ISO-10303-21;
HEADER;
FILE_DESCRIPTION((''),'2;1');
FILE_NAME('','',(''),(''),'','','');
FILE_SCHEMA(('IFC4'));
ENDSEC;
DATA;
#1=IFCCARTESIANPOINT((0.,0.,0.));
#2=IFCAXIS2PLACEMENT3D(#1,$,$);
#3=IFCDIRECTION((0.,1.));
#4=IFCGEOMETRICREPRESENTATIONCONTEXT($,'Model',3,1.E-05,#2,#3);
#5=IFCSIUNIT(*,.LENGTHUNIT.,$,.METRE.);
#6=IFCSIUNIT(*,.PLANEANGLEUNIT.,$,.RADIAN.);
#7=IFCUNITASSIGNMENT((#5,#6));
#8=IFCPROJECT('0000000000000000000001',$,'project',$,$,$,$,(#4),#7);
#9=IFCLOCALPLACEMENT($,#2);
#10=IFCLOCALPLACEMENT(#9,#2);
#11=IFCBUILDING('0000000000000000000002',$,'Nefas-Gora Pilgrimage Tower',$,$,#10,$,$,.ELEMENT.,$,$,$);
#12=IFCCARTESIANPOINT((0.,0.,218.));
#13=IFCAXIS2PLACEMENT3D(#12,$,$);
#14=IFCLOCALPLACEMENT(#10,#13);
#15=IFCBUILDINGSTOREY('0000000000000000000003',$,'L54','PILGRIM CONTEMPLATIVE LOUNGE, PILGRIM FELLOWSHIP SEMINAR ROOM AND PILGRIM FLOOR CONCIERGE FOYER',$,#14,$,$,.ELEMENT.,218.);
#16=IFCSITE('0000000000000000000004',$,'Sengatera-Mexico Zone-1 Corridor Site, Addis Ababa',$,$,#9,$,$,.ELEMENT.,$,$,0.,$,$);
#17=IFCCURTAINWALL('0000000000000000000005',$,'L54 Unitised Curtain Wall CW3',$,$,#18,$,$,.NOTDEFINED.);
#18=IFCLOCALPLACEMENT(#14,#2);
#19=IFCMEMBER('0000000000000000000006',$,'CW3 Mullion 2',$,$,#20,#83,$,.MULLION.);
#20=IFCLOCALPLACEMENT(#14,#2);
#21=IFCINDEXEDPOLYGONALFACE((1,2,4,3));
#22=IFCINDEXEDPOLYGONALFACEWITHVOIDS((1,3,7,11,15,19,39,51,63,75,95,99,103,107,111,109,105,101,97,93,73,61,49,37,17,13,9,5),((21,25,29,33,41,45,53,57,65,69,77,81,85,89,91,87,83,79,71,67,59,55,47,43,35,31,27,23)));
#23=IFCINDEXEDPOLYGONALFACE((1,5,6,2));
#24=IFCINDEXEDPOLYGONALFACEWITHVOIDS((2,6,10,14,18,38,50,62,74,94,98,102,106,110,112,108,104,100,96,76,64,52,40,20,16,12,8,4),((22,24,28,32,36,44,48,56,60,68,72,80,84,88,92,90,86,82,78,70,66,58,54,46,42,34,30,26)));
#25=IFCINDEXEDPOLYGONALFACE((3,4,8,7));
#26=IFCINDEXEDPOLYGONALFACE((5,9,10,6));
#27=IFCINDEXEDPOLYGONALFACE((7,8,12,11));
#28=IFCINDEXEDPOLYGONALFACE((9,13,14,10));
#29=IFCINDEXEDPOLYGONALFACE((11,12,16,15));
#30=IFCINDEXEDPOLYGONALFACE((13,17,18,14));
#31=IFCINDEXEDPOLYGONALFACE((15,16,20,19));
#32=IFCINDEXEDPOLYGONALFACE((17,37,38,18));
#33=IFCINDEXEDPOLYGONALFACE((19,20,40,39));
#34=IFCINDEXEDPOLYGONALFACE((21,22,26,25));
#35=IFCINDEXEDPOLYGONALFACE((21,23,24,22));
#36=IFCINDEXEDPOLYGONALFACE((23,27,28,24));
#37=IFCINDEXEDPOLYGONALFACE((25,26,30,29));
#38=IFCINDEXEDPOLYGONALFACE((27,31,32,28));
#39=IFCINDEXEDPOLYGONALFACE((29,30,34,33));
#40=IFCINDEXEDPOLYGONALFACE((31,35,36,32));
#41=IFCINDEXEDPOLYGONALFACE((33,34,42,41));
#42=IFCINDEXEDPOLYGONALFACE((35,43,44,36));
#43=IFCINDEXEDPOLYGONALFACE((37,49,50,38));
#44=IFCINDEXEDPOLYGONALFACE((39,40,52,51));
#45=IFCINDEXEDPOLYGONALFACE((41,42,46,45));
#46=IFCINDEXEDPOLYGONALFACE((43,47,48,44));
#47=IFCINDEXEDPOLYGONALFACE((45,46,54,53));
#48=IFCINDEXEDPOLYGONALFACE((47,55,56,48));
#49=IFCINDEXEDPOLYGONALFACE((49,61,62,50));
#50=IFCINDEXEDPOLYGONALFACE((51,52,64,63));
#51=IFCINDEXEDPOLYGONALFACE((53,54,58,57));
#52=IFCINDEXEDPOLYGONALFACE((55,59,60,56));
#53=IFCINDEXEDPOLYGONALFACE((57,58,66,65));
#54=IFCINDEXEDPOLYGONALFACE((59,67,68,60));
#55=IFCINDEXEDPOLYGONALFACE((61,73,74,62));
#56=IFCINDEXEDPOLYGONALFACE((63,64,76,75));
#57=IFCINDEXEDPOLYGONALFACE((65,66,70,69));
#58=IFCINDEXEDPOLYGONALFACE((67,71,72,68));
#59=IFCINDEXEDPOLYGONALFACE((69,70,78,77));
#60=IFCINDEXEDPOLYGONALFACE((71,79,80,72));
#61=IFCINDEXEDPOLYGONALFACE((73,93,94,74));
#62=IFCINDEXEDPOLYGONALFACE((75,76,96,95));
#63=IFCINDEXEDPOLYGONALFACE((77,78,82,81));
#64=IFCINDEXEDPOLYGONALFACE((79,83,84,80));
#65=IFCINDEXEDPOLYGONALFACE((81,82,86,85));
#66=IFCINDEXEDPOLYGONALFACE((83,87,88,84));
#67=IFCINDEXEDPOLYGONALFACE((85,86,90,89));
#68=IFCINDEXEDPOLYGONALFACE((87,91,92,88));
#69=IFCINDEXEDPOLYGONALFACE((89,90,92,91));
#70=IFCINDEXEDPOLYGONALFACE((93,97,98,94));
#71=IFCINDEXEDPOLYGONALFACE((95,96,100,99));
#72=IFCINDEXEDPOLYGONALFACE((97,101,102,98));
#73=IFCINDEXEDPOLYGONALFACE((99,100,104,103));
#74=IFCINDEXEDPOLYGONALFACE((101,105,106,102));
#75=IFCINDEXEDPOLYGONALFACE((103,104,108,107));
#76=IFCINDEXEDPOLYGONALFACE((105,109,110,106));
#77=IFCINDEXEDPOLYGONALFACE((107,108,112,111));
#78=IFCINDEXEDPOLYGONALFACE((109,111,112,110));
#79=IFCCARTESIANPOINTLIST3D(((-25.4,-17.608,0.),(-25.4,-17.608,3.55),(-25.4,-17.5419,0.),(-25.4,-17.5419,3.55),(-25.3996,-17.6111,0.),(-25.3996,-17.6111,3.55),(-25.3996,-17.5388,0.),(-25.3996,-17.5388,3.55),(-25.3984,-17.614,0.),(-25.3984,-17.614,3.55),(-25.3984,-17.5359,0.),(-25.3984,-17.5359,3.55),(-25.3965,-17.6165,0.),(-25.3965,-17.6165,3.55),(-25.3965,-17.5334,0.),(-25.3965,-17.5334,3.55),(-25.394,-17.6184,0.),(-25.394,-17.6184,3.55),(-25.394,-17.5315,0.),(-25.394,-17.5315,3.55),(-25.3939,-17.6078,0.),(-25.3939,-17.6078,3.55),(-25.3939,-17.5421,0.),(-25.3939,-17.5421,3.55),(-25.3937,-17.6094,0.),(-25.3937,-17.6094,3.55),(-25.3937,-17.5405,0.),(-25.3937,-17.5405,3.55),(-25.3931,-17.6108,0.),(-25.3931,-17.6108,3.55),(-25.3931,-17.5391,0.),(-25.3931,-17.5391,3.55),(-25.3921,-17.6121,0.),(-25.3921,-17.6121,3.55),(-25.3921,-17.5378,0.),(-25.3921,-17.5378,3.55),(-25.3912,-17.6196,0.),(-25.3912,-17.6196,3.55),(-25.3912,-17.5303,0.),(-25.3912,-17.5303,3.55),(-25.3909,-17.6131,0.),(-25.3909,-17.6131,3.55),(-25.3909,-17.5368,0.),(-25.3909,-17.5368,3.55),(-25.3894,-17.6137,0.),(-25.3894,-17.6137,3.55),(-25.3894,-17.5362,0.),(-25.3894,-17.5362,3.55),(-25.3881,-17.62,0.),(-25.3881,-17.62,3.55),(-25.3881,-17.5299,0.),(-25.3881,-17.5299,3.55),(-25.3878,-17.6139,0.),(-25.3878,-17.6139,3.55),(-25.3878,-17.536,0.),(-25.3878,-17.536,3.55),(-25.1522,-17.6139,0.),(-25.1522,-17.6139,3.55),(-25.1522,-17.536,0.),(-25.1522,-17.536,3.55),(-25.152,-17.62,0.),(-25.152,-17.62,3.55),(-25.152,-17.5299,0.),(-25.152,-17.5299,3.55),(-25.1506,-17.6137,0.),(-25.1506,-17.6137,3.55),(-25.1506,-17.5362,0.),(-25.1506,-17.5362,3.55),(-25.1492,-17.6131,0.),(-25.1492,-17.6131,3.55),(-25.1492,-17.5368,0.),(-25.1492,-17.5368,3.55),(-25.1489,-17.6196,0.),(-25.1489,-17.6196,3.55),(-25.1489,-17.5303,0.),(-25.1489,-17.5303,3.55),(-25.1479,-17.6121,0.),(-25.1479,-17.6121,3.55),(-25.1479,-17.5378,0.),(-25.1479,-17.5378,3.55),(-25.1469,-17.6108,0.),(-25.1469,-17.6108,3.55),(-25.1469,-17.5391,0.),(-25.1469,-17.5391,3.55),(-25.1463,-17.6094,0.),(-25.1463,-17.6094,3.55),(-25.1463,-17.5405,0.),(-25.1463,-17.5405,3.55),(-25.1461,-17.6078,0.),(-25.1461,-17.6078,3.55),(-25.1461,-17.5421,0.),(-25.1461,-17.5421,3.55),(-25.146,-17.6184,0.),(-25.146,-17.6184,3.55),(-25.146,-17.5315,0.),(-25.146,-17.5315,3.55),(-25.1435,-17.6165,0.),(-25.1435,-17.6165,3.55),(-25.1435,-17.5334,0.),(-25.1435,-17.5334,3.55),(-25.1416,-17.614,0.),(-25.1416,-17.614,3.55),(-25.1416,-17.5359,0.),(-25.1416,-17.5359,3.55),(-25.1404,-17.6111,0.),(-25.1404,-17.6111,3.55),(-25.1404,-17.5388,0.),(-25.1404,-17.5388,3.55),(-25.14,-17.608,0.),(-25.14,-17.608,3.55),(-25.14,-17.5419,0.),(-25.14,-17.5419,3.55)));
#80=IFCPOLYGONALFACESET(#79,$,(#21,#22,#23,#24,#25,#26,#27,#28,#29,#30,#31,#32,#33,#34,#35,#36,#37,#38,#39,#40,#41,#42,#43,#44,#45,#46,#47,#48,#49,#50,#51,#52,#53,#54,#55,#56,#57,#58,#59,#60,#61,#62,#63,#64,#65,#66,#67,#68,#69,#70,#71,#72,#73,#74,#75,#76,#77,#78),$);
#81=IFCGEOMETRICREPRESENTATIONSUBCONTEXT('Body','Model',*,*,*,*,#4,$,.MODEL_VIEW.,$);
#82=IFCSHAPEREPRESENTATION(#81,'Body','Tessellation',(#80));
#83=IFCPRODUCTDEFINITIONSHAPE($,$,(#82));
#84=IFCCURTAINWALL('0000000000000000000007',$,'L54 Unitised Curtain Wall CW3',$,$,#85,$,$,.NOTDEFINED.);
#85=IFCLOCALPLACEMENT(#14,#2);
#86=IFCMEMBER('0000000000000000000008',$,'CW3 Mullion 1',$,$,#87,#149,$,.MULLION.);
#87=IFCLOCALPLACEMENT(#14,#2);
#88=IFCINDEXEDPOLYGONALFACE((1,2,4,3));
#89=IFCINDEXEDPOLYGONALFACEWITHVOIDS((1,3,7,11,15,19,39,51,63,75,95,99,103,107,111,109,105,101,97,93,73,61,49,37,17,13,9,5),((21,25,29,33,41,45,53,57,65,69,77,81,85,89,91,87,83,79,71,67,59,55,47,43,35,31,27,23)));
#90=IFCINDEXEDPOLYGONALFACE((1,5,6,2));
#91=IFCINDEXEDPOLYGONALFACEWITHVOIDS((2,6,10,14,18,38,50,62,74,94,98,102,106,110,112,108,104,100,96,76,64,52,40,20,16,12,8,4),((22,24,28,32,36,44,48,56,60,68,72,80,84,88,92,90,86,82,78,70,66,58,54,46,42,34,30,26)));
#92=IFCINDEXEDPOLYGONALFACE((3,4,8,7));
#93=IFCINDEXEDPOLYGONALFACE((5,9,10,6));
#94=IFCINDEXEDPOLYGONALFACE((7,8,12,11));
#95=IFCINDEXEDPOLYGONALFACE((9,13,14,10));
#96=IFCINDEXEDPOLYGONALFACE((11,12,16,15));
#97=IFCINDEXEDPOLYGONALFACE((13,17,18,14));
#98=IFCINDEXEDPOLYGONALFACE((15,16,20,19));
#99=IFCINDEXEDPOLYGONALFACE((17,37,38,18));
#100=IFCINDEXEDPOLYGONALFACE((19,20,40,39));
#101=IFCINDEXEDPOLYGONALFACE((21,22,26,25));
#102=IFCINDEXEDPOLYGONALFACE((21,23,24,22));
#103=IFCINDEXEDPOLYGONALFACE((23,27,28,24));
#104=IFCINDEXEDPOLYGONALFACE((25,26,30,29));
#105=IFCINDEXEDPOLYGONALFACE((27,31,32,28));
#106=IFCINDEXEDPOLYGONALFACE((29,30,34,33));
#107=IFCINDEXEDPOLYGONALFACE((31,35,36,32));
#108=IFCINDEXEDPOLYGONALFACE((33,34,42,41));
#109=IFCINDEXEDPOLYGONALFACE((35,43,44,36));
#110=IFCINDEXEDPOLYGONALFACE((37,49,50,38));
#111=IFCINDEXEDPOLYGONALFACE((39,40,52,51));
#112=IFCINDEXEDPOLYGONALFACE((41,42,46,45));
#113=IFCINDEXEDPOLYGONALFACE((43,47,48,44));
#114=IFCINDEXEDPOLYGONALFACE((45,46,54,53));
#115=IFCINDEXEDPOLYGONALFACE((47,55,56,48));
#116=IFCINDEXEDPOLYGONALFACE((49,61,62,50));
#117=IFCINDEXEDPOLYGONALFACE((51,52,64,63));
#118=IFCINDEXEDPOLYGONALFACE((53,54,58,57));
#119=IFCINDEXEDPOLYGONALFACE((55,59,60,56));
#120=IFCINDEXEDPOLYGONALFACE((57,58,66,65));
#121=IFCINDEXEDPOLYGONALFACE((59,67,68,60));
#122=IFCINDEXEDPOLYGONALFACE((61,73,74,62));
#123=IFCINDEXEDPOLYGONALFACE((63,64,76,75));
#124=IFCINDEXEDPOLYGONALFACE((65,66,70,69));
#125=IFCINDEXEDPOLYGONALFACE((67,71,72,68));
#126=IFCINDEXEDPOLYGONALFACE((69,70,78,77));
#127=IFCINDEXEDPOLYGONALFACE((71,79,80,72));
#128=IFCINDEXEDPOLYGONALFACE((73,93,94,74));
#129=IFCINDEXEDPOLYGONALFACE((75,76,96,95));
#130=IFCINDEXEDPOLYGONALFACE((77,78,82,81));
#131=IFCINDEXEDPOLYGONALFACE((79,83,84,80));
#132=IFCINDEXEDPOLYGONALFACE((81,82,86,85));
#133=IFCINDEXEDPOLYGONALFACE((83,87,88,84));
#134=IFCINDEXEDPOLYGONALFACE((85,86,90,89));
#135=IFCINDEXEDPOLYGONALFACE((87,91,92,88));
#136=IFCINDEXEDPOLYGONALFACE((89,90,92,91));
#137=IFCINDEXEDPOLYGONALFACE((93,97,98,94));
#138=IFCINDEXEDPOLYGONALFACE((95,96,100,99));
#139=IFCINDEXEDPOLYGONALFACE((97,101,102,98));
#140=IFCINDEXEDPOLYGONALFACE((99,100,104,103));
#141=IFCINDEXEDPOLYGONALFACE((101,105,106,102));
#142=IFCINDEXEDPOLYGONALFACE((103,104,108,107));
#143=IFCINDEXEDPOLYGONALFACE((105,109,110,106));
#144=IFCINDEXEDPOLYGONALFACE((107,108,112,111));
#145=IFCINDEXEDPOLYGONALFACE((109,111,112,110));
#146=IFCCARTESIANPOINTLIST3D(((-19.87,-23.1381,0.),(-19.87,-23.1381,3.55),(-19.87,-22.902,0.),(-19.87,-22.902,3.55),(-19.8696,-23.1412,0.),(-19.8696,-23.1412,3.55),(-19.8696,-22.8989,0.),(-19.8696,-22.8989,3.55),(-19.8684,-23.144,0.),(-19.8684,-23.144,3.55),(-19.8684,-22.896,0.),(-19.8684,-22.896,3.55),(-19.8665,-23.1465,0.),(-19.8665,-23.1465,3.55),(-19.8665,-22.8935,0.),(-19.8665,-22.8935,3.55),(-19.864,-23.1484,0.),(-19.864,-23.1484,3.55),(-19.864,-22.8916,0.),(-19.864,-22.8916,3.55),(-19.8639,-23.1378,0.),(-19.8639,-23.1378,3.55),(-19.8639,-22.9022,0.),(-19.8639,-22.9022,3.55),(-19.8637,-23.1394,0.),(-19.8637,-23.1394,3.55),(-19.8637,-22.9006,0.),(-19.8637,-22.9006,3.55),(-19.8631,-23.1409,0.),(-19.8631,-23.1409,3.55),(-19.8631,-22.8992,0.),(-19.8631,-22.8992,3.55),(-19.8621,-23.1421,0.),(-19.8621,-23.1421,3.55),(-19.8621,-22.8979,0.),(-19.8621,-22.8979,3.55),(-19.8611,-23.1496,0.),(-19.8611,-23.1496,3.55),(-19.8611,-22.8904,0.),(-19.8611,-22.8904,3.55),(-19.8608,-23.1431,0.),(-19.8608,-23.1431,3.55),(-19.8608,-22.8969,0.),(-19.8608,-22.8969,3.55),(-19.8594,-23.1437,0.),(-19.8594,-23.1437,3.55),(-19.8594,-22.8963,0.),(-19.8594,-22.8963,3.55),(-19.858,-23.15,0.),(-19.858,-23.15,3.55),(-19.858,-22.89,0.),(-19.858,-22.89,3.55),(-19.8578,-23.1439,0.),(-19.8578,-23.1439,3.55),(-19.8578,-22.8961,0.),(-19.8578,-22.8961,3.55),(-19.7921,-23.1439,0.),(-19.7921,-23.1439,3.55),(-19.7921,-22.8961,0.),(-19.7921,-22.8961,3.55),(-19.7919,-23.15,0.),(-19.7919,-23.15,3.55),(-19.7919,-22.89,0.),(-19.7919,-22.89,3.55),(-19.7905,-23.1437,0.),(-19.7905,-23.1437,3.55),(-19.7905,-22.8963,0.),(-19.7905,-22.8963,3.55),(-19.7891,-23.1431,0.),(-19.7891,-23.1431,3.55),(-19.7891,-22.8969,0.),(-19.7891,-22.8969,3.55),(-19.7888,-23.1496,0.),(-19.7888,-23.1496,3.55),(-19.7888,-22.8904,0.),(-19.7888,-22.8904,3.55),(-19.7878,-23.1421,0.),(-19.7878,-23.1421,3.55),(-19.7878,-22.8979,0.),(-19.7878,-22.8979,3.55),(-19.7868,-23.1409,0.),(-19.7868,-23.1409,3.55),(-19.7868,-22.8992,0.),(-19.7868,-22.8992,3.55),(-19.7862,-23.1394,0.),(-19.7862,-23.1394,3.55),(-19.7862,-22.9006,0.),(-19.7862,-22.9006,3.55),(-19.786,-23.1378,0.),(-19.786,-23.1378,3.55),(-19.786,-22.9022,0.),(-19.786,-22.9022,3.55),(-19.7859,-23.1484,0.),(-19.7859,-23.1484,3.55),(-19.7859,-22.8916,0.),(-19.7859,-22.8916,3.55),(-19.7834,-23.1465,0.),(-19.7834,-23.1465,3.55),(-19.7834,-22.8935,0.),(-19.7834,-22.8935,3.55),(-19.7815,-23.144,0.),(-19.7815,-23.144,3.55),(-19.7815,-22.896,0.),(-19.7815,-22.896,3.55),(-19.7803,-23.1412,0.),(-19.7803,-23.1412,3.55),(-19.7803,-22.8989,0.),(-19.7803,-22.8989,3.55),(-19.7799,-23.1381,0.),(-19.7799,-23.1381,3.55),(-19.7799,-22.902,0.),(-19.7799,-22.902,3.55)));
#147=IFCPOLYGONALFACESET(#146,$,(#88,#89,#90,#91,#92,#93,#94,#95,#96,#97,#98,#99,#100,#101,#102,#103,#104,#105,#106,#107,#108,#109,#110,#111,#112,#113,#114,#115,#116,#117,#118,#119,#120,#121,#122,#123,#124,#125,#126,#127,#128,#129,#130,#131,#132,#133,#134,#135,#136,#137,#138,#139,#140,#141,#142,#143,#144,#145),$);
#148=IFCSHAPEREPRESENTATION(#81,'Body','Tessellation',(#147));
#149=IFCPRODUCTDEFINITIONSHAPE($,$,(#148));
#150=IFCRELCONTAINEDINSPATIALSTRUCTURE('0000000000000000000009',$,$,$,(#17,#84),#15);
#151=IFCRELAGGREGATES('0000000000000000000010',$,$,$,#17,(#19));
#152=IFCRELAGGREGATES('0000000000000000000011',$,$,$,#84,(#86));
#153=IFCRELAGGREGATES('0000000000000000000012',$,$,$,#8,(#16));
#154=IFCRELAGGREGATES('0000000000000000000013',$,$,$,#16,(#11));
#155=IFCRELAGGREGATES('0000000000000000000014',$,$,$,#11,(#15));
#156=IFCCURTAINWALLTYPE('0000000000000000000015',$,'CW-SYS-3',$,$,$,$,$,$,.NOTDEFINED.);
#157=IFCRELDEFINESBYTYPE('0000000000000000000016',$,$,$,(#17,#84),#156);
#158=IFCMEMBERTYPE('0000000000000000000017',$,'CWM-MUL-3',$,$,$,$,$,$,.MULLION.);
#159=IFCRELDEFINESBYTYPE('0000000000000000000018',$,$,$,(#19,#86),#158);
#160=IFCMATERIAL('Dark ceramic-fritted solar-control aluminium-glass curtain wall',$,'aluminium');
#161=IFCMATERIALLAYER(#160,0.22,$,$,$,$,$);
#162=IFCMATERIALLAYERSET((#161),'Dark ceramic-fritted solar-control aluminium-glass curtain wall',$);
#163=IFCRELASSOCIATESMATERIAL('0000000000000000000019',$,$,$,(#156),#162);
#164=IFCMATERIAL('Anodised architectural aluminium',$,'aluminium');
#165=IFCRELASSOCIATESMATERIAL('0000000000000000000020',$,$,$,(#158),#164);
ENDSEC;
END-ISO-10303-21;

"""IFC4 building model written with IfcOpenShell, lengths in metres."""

from ifc_helpers import new_model, si_unit, direction, frame, origin, origin_2d, place, context, subcontext, project, spatial, hollow_rectangle, extrude, source, transform, mapped, material, layer, layer_set, material_profile, profile_set, type_object, element, aggregate, save


model = new_model("IFC4")

# Units and contexts
model_context = context("Model", 3, precision=1e-05, world=origin(), true_north=direction((0.0, 1.0)))
body_context = subcontext(model_context, "Body", "Model", "MODEL_VIEW")
ifc_project = project(units=[si_unit("LENGTHUNIT", "METRE"), si_unit("PLANEANGLEUNIT", "RADIAN")], contexts=[model_context])

# Site, building, storey
site_placement = place(None, origin())
site = spatial("IfcSite", under=ifc_project, at=site_placement, Name="Sengatera-Mexico Zone-1 Corridor Site, Addis Ababa", CompositionType="ELEMENT", RefElevation=0.0)
building_placement = place(site_placement, origin())
building = spatial("IfcBuilding", under=site, at=building_placement, Name="Nefas-Gora Pilgrimage Tower", CompositionType="ELEMENT")
storey_placement = place(building_placement, frame((0.0, 0.0, 218.0)))
storey = spatial("IfcBuildingStorey", under=building, at=storey_placement, Name="L54", Description="PILGRIM CONTEMPLATIVE LOUNGE, PILGRIM FELLOWSHIP SEMINAR ROOM AND PILGRIM FLOOR CONCIERGE FOYER", CompositionType="ELEMENT", Elevation=218.0)

# Shared definitions
ifc_material_1 = material(Name="Dark ceramic-fritted solar-control aluminium-glass curtain wall", Category="aluminium")
ifc_material_2 = material(Name="Anodised architectural aluminium", Category="aluminium")

# Curtain wall, member
ifc_layer_1 = layer(ifc_material_1, 0.22)
ifc_layer_set_1 = layer_set([ifc_layer_1], Name="Dark ceramic-fritted solar-control aluminium-glass curtain wall")
curtain_wall_type_1 = type_object("IfcCurtainWallType", Name="CW-SYS-3", PredefinedType="NOTDEFINED", material=ifc_layer_set_1)
curtain_wall_1_placement = place(storey_placement, origin())
curtain_wall_1 = element("IfcCurtainWall", 1, at=curtain_wall_1_placement, inside=storey, type_object=curtain_wall_type_1, Name="L54 Unitised Curtain Wall CW3", PredefinedType="NOTDEFINED")
ifc_material_profile_1 = material_profile(ifc_material_2, hollow_rectangle(XDim=0.0901, YDim=0.26, WallThickness=0.0061, InnerFilletRadius=0.0061, OuterFilletRadius=0.012, at=origin_2d()), Name="ALU MULLION 90x260")
ifc_profile_set_1 = profile_set([ifc_material_profile_1], Name="Anodised architectural aluminium")
member_type_1 = type_object("IfcMemberType", Name="CWM-MUL-3", PredefinedType="MULLION", material=ifc_profile_set_1)
shared_shape_1 = source(origin(), body_context, "Body", "SweptSolid", [
    extrude(hollow_rectangle(XDim=0.0901, YDim=0.26, WallThickness=0.0061, InnerFilletRadius=0.0061, OuterFilletRadius=0.012, at=origin_2d()), origin(), (0.0, 0.0, 1.0), 3.55),
])
member_1_placement = place(storey_placement, frame((-25.27, -17.575, 0.0), z_axis=(0.0, 0.0, 1.0), x_axis=(0.0, -1.0, 0.0)))
member_1 = element("IfcMember", 2, at=member_1_placement, type_object=member_type_1, Name="CW3 Mullion 2", PredefinedType="MULLION", context=body_context, shape_type="MappedRepresentation", body=[
    mapped(shared_shape_1, transform((0.0, 0.0, 0.0), x_axis=(1.0, 0.0, 0.0), y_axis=(0.0, 1.0, 0.0), z_axis=(0.0, 0.0, 1.0), scale=1.0)),
])

# Curtain wall, member
curtain_wall_2_placement = place(storey_placement, origin())
curtain_wall_2 = element("IfcCurtainWall", 3, at=curtain_wall_2_placement, inside=storey, type_object=curtain_wall_type_1, Name="L54 Unitised Curtain Wall CW3", PredefinedType="NOTDEFINED")
member_2_placement = place(storey_placement, frame((-19.825, -23.02, 0.0), z_axis=(0.0, 0.0, 1.0), x_axis=(1.0, 0.0, 0.0)))
member_2 = element("IfcMember", 4, at=member_2_placement, type_object=member_type_1, Name="CW3 Mullion 1", PredefinedType="MULLION", context=body_context, shape_type="MappedRepresentation", body=[
    mapped(shared_shape_1, transform((0.0, 0.0, 0.0), x_axis=(1.0, 0.0, 0.0), y_axis=(0.0, 1.0, 0.0), z_axis=(0.0, 0.0, 1.0), scale=1.0)),
])

aggregate(curtain_wall_1, [member_1])
aggregate(curtain_wall_2, [member_2])

save(model, "model.ifc")
